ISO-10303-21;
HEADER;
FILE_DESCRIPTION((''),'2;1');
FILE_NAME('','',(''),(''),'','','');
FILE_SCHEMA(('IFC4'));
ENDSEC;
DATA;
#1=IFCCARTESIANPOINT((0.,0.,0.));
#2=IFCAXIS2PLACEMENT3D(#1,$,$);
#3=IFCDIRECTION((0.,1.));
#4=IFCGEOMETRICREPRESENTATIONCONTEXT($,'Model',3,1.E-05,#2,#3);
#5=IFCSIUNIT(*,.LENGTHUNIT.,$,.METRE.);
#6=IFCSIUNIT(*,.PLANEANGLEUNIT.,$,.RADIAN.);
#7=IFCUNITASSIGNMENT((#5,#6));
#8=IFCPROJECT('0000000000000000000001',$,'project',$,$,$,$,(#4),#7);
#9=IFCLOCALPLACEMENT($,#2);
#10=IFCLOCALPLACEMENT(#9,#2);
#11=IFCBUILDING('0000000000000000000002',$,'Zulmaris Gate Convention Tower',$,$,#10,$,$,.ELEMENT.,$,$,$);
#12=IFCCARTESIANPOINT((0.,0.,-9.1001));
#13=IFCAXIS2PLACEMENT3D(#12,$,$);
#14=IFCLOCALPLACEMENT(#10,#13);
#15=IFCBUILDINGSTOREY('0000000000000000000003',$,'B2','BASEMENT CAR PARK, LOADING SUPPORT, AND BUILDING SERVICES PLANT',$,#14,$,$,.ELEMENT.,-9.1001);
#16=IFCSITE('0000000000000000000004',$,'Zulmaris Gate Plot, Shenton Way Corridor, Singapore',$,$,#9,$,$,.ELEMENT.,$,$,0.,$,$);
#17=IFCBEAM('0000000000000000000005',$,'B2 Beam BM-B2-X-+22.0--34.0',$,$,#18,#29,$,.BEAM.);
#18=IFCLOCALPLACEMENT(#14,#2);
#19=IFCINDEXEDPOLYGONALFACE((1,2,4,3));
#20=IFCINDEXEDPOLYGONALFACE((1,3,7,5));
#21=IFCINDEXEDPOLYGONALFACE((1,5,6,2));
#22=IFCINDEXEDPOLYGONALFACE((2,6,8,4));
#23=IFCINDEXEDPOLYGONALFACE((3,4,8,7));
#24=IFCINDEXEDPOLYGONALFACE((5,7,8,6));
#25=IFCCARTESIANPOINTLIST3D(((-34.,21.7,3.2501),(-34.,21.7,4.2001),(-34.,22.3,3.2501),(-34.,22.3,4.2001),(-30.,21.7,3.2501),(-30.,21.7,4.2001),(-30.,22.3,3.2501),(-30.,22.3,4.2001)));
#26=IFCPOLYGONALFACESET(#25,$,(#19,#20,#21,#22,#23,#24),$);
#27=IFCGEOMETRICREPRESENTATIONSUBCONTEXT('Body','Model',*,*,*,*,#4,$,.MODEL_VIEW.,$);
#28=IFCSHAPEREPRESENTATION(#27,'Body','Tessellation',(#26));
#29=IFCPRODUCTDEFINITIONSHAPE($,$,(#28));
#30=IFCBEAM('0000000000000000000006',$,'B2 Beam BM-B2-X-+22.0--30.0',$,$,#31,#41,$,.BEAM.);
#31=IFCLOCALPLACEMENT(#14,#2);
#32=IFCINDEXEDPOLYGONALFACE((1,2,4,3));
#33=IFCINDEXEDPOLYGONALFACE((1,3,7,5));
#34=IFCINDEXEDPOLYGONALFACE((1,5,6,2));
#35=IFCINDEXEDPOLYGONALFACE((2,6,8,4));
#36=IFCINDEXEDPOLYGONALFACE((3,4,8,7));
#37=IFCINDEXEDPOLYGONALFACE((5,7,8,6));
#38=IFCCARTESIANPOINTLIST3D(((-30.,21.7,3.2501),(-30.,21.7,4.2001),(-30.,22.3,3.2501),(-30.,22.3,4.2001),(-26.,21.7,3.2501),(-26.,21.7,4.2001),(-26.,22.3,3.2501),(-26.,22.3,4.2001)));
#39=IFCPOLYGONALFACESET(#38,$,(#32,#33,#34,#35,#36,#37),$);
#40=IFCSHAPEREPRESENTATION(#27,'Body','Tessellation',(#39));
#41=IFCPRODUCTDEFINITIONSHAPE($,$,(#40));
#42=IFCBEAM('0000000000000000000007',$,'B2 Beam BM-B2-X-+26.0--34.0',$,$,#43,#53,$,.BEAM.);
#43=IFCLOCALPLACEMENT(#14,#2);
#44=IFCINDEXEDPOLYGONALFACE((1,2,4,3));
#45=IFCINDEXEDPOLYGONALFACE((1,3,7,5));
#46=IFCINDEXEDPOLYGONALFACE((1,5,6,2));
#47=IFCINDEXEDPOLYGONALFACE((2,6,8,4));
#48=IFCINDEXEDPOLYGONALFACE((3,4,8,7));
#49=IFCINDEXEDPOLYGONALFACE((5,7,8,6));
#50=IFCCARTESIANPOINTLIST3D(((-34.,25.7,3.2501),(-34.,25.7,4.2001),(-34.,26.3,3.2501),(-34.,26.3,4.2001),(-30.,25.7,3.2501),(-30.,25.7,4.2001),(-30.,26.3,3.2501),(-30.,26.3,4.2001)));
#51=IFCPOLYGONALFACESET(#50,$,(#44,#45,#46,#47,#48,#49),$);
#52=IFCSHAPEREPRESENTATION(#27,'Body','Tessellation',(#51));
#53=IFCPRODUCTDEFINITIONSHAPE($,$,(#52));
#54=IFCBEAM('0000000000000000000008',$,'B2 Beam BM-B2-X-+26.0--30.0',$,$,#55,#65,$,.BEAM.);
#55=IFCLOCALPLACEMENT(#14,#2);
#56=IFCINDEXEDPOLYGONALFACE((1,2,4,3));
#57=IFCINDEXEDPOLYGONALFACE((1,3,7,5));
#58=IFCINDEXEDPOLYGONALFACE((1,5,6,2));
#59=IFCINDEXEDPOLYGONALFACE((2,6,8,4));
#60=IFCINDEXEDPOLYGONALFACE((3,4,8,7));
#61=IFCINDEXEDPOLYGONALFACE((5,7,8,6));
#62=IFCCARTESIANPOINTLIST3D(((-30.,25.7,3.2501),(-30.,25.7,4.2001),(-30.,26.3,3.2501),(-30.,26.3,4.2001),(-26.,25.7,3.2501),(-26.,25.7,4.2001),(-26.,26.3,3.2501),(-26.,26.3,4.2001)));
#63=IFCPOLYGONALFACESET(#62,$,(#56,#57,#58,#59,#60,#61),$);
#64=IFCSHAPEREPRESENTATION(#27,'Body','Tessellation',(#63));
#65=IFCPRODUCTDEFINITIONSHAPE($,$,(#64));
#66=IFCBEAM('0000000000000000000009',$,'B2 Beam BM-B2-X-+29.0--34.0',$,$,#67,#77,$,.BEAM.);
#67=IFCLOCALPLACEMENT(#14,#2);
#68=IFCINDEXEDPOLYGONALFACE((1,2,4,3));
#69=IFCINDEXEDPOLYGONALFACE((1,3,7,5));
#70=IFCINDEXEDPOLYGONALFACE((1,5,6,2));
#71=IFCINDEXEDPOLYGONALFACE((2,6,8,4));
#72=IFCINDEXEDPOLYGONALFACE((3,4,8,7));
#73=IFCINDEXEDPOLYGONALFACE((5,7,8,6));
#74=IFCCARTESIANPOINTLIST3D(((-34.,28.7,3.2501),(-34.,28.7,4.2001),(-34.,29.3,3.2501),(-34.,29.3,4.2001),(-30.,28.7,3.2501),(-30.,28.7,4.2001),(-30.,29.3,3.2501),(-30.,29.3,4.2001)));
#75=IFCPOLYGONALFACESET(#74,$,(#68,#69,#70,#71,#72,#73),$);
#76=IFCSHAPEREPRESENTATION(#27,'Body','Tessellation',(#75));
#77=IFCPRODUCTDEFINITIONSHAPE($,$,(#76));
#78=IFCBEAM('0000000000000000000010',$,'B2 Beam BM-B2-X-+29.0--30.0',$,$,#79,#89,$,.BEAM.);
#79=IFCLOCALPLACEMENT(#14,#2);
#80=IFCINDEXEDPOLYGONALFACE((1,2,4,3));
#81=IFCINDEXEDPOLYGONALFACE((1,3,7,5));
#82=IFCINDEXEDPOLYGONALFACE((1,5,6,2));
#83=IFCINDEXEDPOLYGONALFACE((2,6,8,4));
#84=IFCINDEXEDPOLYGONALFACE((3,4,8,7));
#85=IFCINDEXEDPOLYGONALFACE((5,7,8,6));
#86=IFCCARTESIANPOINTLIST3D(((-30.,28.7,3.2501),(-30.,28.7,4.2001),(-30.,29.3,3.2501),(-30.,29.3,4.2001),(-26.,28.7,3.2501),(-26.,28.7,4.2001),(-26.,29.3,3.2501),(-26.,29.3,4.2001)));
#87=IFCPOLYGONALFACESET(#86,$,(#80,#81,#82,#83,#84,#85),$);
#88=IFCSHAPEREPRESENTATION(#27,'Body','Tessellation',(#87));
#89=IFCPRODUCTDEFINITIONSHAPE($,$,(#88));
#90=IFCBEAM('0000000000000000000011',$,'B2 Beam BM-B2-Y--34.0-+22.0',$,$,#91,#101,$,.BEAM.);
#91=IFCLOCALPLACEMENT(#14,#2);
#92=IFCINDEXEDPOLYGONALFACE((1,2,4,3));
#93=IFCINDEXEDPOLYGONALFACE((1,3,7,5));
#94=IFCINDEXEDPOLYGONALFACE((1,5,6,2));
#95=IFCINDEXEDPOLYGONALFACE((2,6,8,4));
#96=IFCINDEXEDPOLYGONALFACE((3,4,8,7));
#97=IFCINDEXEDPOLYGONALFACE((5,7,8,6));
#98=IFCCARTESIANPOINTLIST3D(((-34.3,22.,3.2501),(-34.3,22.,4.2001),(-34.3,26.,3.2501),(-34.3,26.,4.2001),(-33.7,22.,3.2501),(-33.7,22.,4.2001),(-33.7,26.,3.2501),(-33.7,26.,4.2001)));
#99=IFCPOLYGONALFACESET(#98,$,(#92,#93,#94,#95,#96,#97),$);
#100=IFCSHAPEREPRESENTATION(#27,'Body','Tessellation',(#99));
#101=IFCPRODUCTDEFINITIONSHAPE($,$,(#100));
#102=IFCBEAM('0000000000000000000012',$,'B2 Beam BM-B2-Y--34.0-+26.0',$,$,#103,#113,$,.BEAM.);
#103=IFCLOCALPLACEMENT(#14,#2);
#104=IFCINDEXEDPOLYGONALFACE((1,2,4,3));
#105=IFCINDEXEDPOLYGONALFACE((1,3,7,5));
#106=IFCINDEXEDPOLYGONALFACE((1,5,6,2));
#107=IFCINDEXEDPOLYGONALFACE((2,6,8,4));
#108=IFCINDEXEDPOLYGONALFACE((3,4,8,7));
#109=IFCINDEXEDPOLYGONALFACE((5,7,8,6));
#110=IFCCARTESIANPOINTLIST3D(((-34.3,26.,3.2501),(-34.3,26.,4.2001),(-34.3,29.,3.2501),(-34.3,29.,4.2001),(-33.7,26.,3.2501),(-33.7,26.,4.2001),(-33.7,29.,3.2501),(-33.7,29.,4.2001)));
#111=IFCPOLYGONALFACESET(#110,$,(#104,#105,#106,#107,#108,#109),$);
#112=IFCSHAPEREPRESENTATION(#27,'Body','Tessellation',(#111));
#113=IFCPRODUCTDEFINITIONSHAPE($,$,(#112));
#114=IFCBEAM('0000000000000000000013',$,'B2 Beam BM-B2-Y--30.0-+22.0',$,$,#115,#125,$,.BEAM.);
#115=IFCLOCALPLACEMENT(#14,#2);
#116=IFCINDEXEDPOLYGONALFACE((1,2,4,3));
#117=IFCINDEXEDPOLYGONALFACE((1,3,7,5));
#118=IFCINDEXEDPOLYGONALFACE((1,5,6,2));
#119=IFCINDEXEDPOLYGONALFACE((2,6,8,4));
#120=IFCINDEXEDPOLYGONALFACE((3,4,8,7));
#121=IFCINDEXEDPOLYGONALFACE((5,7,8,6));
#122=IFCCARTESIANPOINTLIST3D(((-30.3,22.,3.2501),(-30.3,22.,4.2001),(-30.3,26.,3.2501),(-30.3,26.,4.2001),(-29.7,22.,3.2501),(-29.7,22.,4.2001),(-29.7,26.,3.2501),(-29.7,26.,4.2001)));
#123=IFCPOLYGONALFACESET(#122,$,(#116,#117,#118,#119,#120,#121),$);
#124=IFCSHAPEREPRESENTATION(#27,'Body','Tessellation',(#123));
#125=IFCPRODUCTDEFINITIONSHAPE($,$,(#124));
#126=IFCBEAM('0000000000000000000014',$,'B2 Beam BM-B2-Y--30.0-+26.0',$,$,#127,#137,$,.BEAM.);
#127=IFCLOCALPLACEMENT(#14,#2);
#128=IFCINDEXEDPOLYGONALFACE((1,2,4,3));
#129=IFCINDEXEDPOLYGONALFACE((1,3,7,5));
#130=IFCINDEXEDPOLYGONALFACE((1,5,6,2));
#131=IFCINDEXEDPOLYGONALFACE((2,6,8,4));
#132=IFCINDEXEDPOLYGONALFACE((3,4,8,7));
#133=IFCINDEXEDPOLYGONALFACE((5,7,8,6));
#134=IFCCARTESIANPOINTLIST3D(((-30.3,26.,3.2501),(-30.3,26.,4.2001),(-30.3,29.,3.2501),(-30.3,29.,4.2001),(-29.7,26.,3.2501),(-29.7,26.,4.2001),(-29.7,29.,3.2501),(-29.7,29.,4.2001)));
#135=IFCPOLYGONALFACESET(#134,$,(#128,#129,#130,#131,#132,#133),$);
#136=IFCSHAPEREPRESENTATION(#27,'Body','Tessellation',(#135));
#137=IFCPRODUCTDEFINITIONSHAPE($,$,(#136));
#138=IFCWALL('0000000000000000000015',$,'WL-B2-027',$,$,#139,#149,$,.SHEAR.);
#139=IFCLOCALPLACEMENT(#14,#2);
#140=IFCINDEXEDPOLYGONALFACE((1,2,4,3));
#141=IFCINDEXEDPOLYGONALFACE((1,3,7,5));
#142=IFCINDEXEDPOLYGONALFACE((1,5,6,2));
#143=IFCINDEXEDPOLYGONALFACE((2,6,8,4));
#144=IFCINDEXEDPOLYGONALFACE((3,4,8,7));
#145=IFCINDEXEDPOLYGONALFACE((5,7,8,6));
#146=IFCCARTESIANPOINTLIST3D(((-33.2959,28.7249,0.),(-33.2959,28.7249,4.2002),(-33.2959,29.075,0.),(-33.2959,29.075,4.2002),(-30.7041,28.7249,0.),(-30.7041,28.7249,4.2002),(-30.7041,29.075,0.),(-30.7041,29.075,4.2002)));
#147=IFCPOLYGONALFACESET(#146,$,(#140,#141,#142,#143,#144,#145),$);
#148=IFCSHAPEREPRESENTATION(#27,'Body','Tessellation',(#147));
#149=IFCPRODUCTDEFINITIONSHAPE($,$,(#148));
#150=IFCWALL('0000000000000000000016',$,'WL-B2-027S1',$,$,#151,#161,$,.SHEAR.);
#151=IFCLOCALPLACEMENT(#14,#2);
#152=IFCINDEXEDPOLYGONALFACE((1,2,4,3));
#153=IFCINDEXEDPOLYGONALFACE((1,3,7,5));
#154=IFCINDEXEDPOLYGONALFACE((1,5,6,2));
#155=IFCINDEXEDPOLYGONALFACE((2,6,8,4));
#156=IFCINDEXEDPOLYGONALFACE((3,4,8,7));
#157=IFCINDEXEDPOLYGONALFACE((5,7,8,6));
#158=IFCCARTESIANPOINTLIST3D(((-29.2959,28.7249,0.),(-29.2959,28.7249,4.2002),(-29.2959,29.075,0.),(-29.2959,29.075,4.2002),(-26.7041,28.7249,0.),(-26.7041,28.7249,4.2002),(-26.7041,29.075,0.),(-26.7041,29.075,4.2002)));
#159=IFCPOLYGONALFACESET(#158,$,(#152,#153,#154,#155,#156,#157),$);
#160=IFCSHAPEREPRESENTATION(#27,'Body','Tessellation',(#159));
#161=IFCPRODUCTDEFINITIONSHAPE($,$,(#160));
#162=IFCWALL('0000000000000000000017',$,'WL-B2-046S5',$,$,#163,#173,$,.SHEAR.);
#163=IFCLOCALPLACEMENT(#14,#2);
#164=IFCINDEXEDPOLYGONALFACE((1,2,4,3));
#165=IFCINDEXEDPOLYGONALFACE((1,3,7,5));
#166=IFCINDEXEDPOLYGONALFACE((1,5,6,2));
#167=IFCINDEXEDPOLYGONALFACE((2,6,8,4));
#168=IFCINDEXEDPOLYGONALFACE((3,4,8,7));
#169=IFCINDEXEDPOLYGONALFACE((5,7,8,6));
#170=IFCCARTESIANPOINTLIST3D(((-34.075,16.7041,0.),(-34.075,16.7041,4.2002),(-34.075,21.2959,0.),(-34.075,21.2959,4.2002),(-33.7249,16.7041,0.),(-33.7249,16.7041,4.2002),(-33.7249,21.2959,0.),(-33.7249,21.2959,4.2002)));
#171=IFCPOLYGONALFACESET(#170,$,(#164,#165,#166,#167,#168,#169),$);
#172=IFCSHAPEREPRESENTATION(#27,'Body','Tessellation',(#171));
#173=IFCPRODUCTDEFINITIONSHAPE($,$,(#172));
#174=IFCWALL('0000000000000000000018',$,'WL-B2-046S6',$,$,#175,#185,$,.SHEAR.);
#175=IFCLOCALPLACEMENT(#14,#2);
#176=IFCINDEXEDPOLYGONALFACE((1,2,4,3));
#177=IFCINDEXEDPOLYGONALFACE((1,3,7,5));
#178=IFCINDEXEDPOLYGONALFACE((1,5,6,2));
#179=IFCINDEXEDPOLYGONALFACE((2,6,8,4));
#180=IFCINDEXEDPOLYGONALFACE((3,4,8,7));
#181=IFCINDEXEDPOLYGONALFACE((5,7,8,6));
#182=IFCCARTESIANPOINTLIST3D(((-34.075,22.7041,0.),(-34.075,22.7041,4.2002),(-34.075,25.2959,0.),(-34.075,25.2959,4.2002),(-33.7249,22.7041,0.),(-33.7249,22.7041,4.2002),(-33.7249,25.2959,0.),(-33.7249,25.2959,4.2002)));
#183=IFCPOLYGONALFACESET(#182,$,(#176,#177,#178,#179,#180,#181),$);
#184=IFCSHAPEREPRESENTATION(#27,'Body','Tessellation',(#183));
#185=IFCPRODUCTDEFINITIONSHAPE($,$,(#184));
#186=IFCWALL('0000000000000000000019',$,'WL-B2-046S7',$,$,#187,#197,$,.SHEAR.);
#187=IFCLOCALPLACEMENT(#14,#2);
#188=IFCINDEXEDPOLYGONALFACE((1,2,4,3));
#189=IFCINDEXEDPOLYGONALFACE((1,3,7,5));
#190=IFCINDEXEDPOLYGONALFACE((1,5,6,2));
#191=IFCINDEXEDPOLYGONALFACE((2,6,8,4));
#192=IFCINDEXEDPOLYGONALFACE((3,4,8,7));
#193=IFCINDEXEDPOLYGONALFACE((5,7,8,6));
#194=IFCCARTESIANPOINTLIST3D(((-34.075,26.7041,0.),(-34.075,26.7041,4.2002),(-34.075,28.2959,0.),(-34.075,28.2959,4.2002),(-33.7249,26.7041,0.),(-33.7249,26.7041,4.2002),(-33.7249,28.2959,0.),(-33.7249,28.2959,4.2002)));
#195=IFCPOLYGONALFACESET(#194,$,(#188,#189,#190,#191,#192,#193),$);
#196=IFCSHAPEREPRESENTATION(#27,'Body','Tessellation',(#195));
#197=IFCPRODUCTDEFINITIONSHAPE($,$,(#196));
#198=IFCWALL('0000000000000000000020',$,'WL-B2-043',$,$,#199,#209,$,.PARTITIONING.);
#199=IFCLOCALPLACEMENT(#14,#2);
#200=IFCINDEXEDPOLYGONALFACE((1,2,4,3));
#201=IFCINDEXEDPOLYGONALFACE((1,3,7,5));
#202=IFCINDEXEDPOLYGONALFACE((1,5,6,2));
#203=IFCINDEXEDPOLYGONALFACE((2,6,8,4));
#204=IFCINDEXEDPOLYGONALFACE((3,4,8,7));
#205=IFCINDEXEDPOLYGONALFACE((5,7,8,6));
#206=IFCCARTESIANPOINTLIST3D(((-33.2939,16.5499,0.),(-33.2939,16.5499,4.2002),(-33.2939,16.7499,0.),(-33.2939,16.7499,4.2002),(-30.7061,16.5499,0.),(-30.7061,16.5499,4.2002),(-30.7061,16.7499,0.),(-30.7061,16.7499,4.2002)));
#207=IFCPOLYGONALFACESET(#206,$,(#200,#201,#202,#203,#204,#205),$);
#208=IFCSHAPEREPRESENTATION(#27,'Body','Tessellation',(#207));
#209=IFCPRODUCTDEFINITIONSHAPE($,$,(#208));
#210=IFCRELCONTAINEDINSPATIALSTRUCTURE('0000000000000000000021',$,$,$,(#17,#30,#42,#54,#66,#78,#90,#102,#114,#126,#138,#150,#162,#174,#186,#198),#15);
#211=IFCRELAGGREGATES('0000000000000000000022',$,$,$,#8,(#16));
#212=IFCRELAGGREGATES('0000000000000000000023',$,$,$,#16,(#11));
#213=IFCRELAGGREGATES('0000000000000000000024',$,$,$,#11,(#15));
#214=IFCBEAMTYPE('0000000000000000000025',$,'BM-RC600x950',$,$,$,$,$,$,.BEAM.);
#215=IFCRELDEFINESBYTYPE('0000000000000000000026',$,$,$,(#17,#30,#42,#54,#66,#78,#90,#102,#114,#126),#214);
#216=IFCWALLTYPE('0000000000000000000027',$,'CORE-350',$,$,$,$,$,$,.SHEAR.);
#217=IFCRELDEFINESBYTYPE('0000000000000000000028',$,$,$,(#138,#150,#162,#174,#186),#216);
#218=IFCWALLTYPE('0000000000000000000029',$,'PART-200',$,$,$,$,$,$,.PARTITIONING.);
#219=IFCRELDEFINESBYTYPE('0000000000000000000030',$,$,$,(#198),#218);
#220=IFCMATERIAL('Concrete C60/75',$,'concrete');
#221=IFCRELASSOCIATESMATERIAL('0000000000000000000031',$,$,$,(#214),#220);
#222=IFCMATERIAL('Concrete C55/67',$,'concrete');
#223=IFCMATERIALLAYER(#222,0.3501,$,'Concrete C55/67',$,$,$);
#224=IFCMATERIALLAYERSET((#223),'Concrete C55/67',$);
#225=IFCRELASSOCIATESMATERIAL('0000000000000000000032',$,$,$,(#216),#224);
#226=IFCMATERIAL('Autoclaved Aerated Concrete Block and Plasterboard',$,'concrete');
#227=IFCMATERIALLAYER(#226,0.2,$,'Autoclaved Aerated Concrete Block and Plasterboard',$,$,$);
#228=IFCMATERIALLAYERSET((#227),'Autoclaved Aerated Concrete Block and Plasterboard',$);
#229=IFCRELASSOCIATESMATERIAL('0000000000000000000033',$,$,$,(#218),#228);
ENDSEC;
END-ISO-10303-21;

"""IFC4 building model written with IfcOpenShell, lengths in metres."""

from ifc_helpers import new_model, si_unit, direction, frame, frame_2d, origin, origin_2d, place, context, subcontext, project, spatial, rectangle, extrude, material, layer, layer_set, material_profile, profile_set, type_object, element, save


model = new_model("IFC4")

# Units and contexts
model_context = context("Model", 3, precision=1e-05, world=origin(), true_north=direction((0.0, 1.0)))
body_context = subcontext(model_context, "Body", "Model", "MODEL_VIEW")
ifc_project = project(units=[si_unit("LENGTHUNIT", "METRE"), si_unit("PLANEANGLEUNIT", "RADIAN")], contexts=[model_context])

# Site, building, storey
site_placement = place(None, origin())
site = spatial("IfcSite", under=ifc_project, at=site_placement, Name="Zulmaris Gate Plot, Shenton Way Corridor, Singapore", CompositionType="ELEMENT", RefElevation=0.0)
building_placement = place(site_placement, origin())
building = spatial("IfcBuilding", under=site, at=building_placement, Name="Zulmaris Gate Convention Tower", CompositionType="ELEMENT")
storey_placement = place(building_placement, frame((0.0, 0.0, -9.1001)))
storey = spatial("IfcBuildingStorey", under=building, at=storey_placement, Name="B2", Description="BASEMENT CAR PARK, LOADING SUPPORT, AND BUILDING SERVICES PLANT", CompositionType="ELEMENT", Elevation=-9.1001)

# Beams
ifc_material_1 = material(Name="Concrete C60/75", Category="concrete")
ifc_material_profile_1 = material_profile(ifc_material_1, rectangle(XDim=0.6001, YDim=0.95, at=origin_2d()), Name="RC BEAM 600x950")
ifc_profile_set_1 = profile_set([ifc_material_profile_1], Name="Concrete C60/75")
beam_type = type_object("IfcBeamType", Name="BM-RC600x950", PredefinedType="BEAM", material=ifc_profile_set_1)
for number, where, z_axis, x_axis, name in (
    (1, (-34.0, 22.0, 3.7251), (1.0, 0.0, 0.0), (0.0, 1.0, 0.0), "B2 Beam BM-B2-X-+22.0--34.0"),
    (2, (-30.0, 22.0, 3.7251), (1.0, 0.0, 0.0), (0.0, 1.0, 0.0), "B2 Beam BM-B2-X-+22.0--30.0"),
    (3, (-34.0, 26.0, 3.7251), (1.0, 0.0, 0.0), (0.0, 1.0, 0.0), "B2 Beam BM-B2-X-+26.0--34.0"),
    (4, (-30.0, 26.0, 3.7251), (1.0, 0.0, 0.0), (0.0, 1.0, 0.0), "B2 Beam BM-B2-X-+26.0--30.0"),
    (5, (-34.0, 29.0, 3.7251), (1.0, 0.0, 0.0), (0.0, 1.0, 0.0), "B2 Beam BM-B2-X-+29.0--34.0"),
    (6, (-30.0, 29.0, 3.7251), (1.0, 0.0, 0.0), (0.0, 1.0, 0.0), "B2 Beam BM-B2-X-+29.0--30.0"),
    (7, (-34.0, 22.0, 3.7251), (0.0, 1.0, 0.0), (-1.0, 0.0, 0.0), "B2 Beam BM-B2-Y--34.0-+22.0"),
):
    element("IfcBeam", number, at=place(storey_placement, frame(where, z_axis=z_axis, x_axis=x_axis)), inside=storey, type_object=beam_type, Name=name, PredefinedType="BEAM", context=body_context, shape_type="SweptSolid", body=[
        extrude(rectangle(XDim=0.6001, YDim=0.95, at=origin_2d()), origin(), (0.0, 0.0, 1.0), 4.0),
    ])
beam_1_placement = place(storey_placement, frame((-34.0, 26.0, 3.7251), z_axis=(0.0, 1.0, 0.0), x_axis=(-1.0, 0.0, 0.0)))
element("IfcBeam", 8, at=beam_1_placement, inside=storey, type_object=beam_type, Name="B2 Beam BM-B2-Y--34.0-+26.0", PredefinedType="BEAM", context=body_context, shape_type="SweptSolid", body=[
    extrude(rectangle(XDim=0.6001, YDim=0.95, at=origin_2d()), origin(), (0.0, 0.0, 1.0), 3.0),
])
beam_2_placement = place(storey_placement, frame((-30.0, 22.0, 3.7251), z_axis=(0.0, 1.0, 0.0), x_axis=(-1.0, 0.0, 0.0)))
element("IfcBeam", 9, at=beam_2_placement, inside=storey, type_object=beam_type, Name="B2 Beam BM-B2-Y--30.0-+22.0", PredefinedType="BEAM", context=body_context, shape_type="SweptSolid", body=[
    extrude(rectangle(XDim=0.6001, YDim=0.95, at=origin_2d()), origin(), (0.0, 0.0, 1.0), 4.0),
])
beam_3_placement = place(storey_placement, frame((-30.0, 26.0, 3.7251), z_axis=(0.0, 1.0, 0.0), x_axis=(-1.0, 0.0, 0.0)))
element("IfcBeam", 10, at=beam_3_placement, inside=storey, type_object=beam_type, Name="B2 Beam BM-B2-Y--30.0-+26.0", PredefinedType="BEAM", context=body_context, shape_type="SweptSolid", body=[
    extrude(rectangle(XDim=0.6001, YDim=0.95, at=origin_2d()), origin(), (0.0, 0.0, 1.0), 3.0),
])

# Walls
ifc_material_2 = material(Name="Concrete C55/67", Category="concrete")
ifc_layer_1 = layer(ifc_material_2, 0.3501, Name="Concrete C55/67")
ifc_layer_set_1 = layer_set([ifc_layer_1], Name="Concrete C55/67")
wall_type_1 = type_object("IfcWallType", Name="CORE-350", PredefinedType="SHEAR", material=ifc_layer_set_1)
for number, where, z_axis, x_axis, name in (
    (11, (-33.2959, 28.8999, 0.0), (0.0, 0.0, 1.0), (1.0, 0.0, 0.0), "WL-B2-027"),
    (12, (-29.2959, 28.8999, 0.0), (0.0, 0.0, 1.0), (1.0, 0.0, 0.0), "WL-B2-027S1"),
):
    element("IfcWall", number, at=place(storey_placement, frame(where, z_axis=z_axis, x_axis=x_axis)), inside=storey, type_object=wall_type_1, Name=name, PredefinedType="SHEAR", context=body_context, shape_type="SweptSolid", body=[
        extrude(rectangle(XDim=2.5918, YDim=0.3501, at=frame_2d((1.2959, 0.0))), origin(), (0.0, 0.0, 1.0), 4.2002),
    ])
wall_1_placement = place(storey_placement, frame((-33.8999, 16.7041, 0.0), z_axis=(0.0, 0.0, 1.0), x_axis=(0.0, 1.0, 0.0)))
element("IfcWall", 13, at=wall_1_placement, inside=storey, type_object=wall_type_1, Name="WL-B2-046S5", PredefinedType="SHEAR", context=body_context, shape_type="SweptSolid", body=[
    extrude(rectangle(XDim=4.5918, YDim=0.3501, at=frame_2d((2.2959, 0.0))), origin(), (0.0, 0.0, 1.0), 4.2002),
])
wall_2_placement = place(storey_placement, frame((-33.8999, 22.7041, 0.0), z_axis=(0.0, 0.0, 1.0), x_axis=(0.0, 1.0, 0.0)))
element("IfcWall", 14, at=wall_2_placement, inside=storey, type_object=wall_type_1, Name="WL-B2-046S6", PredefinedType="SHEAR", context=body_context, shape_type="SweptSolid", body=[
    extrude(rectangle(XDim=2.5918, YDim=0.3501, at=frame_2d((1.2959, 0.0))), origin(), (0.0, 0.0, 1.0), 4.2002),
])
wall_3_placement = place(storey_placement, frame((-33.8999, 26.7041, 0.0), z_axis=(0.0, 0.0, 1.0), x_axis=(0.0, 1.0, 0.0)))
element("IfcWall", 15, at=wall_3_placement, inside=storey, type_object=wall_type_1, Name="WL-B2-046S7", PredefinedType="SHEAR", context=body_context, shape_type="SweptSolid", body=[
    extrude(rectangle(XDim=1.5918, YDim=0.3501, at=frame_2d((0.7959, 0.0))), origin(), (0.0, 0.0, 1.0), 4.2002),
])
ifc_material_3 = material(Name="Autoclaved Aerated Concrete Block and Plasterboard", Category="concrete")
ifc_layer_2 = layer(ifc_material_3, 0.2, Name="Autoclaved Aerated Concrete Block and Plasterboard")
ifc_layer_set_2 = layer_set([ifc_layer_2], Name="Autoclaved Aerated Concrete Block and Plasterboard")
wall_type_2 = type_object("IfcWallType", Name="PART-200", PredefinedType="PARTITIONING", material=ifc_layer_set_2)
wall_4_placement = place(storey_placement, frame((-33.2939, 16.6499, 0.0), z_axis=(0.0, 0.0, 1.0), x_axis=(1.0, 0.0, 0.0)))
element("IfcWall", 16, at=wall_4_placement, inside=storey, type_object=wall_type_2, Name="WL-B2-043", PredefinedType="PARTITIONING", context=body_context, shape_type="SweptSolid", body=[
    extrude(rectangle(XDim=2.5879, YDim=0.2, at=frame_2d((1.2939, 0.0))), origin(), (0.0, 0.0, 1.0), 4.2002),
])

save(model, "model.ifc")
